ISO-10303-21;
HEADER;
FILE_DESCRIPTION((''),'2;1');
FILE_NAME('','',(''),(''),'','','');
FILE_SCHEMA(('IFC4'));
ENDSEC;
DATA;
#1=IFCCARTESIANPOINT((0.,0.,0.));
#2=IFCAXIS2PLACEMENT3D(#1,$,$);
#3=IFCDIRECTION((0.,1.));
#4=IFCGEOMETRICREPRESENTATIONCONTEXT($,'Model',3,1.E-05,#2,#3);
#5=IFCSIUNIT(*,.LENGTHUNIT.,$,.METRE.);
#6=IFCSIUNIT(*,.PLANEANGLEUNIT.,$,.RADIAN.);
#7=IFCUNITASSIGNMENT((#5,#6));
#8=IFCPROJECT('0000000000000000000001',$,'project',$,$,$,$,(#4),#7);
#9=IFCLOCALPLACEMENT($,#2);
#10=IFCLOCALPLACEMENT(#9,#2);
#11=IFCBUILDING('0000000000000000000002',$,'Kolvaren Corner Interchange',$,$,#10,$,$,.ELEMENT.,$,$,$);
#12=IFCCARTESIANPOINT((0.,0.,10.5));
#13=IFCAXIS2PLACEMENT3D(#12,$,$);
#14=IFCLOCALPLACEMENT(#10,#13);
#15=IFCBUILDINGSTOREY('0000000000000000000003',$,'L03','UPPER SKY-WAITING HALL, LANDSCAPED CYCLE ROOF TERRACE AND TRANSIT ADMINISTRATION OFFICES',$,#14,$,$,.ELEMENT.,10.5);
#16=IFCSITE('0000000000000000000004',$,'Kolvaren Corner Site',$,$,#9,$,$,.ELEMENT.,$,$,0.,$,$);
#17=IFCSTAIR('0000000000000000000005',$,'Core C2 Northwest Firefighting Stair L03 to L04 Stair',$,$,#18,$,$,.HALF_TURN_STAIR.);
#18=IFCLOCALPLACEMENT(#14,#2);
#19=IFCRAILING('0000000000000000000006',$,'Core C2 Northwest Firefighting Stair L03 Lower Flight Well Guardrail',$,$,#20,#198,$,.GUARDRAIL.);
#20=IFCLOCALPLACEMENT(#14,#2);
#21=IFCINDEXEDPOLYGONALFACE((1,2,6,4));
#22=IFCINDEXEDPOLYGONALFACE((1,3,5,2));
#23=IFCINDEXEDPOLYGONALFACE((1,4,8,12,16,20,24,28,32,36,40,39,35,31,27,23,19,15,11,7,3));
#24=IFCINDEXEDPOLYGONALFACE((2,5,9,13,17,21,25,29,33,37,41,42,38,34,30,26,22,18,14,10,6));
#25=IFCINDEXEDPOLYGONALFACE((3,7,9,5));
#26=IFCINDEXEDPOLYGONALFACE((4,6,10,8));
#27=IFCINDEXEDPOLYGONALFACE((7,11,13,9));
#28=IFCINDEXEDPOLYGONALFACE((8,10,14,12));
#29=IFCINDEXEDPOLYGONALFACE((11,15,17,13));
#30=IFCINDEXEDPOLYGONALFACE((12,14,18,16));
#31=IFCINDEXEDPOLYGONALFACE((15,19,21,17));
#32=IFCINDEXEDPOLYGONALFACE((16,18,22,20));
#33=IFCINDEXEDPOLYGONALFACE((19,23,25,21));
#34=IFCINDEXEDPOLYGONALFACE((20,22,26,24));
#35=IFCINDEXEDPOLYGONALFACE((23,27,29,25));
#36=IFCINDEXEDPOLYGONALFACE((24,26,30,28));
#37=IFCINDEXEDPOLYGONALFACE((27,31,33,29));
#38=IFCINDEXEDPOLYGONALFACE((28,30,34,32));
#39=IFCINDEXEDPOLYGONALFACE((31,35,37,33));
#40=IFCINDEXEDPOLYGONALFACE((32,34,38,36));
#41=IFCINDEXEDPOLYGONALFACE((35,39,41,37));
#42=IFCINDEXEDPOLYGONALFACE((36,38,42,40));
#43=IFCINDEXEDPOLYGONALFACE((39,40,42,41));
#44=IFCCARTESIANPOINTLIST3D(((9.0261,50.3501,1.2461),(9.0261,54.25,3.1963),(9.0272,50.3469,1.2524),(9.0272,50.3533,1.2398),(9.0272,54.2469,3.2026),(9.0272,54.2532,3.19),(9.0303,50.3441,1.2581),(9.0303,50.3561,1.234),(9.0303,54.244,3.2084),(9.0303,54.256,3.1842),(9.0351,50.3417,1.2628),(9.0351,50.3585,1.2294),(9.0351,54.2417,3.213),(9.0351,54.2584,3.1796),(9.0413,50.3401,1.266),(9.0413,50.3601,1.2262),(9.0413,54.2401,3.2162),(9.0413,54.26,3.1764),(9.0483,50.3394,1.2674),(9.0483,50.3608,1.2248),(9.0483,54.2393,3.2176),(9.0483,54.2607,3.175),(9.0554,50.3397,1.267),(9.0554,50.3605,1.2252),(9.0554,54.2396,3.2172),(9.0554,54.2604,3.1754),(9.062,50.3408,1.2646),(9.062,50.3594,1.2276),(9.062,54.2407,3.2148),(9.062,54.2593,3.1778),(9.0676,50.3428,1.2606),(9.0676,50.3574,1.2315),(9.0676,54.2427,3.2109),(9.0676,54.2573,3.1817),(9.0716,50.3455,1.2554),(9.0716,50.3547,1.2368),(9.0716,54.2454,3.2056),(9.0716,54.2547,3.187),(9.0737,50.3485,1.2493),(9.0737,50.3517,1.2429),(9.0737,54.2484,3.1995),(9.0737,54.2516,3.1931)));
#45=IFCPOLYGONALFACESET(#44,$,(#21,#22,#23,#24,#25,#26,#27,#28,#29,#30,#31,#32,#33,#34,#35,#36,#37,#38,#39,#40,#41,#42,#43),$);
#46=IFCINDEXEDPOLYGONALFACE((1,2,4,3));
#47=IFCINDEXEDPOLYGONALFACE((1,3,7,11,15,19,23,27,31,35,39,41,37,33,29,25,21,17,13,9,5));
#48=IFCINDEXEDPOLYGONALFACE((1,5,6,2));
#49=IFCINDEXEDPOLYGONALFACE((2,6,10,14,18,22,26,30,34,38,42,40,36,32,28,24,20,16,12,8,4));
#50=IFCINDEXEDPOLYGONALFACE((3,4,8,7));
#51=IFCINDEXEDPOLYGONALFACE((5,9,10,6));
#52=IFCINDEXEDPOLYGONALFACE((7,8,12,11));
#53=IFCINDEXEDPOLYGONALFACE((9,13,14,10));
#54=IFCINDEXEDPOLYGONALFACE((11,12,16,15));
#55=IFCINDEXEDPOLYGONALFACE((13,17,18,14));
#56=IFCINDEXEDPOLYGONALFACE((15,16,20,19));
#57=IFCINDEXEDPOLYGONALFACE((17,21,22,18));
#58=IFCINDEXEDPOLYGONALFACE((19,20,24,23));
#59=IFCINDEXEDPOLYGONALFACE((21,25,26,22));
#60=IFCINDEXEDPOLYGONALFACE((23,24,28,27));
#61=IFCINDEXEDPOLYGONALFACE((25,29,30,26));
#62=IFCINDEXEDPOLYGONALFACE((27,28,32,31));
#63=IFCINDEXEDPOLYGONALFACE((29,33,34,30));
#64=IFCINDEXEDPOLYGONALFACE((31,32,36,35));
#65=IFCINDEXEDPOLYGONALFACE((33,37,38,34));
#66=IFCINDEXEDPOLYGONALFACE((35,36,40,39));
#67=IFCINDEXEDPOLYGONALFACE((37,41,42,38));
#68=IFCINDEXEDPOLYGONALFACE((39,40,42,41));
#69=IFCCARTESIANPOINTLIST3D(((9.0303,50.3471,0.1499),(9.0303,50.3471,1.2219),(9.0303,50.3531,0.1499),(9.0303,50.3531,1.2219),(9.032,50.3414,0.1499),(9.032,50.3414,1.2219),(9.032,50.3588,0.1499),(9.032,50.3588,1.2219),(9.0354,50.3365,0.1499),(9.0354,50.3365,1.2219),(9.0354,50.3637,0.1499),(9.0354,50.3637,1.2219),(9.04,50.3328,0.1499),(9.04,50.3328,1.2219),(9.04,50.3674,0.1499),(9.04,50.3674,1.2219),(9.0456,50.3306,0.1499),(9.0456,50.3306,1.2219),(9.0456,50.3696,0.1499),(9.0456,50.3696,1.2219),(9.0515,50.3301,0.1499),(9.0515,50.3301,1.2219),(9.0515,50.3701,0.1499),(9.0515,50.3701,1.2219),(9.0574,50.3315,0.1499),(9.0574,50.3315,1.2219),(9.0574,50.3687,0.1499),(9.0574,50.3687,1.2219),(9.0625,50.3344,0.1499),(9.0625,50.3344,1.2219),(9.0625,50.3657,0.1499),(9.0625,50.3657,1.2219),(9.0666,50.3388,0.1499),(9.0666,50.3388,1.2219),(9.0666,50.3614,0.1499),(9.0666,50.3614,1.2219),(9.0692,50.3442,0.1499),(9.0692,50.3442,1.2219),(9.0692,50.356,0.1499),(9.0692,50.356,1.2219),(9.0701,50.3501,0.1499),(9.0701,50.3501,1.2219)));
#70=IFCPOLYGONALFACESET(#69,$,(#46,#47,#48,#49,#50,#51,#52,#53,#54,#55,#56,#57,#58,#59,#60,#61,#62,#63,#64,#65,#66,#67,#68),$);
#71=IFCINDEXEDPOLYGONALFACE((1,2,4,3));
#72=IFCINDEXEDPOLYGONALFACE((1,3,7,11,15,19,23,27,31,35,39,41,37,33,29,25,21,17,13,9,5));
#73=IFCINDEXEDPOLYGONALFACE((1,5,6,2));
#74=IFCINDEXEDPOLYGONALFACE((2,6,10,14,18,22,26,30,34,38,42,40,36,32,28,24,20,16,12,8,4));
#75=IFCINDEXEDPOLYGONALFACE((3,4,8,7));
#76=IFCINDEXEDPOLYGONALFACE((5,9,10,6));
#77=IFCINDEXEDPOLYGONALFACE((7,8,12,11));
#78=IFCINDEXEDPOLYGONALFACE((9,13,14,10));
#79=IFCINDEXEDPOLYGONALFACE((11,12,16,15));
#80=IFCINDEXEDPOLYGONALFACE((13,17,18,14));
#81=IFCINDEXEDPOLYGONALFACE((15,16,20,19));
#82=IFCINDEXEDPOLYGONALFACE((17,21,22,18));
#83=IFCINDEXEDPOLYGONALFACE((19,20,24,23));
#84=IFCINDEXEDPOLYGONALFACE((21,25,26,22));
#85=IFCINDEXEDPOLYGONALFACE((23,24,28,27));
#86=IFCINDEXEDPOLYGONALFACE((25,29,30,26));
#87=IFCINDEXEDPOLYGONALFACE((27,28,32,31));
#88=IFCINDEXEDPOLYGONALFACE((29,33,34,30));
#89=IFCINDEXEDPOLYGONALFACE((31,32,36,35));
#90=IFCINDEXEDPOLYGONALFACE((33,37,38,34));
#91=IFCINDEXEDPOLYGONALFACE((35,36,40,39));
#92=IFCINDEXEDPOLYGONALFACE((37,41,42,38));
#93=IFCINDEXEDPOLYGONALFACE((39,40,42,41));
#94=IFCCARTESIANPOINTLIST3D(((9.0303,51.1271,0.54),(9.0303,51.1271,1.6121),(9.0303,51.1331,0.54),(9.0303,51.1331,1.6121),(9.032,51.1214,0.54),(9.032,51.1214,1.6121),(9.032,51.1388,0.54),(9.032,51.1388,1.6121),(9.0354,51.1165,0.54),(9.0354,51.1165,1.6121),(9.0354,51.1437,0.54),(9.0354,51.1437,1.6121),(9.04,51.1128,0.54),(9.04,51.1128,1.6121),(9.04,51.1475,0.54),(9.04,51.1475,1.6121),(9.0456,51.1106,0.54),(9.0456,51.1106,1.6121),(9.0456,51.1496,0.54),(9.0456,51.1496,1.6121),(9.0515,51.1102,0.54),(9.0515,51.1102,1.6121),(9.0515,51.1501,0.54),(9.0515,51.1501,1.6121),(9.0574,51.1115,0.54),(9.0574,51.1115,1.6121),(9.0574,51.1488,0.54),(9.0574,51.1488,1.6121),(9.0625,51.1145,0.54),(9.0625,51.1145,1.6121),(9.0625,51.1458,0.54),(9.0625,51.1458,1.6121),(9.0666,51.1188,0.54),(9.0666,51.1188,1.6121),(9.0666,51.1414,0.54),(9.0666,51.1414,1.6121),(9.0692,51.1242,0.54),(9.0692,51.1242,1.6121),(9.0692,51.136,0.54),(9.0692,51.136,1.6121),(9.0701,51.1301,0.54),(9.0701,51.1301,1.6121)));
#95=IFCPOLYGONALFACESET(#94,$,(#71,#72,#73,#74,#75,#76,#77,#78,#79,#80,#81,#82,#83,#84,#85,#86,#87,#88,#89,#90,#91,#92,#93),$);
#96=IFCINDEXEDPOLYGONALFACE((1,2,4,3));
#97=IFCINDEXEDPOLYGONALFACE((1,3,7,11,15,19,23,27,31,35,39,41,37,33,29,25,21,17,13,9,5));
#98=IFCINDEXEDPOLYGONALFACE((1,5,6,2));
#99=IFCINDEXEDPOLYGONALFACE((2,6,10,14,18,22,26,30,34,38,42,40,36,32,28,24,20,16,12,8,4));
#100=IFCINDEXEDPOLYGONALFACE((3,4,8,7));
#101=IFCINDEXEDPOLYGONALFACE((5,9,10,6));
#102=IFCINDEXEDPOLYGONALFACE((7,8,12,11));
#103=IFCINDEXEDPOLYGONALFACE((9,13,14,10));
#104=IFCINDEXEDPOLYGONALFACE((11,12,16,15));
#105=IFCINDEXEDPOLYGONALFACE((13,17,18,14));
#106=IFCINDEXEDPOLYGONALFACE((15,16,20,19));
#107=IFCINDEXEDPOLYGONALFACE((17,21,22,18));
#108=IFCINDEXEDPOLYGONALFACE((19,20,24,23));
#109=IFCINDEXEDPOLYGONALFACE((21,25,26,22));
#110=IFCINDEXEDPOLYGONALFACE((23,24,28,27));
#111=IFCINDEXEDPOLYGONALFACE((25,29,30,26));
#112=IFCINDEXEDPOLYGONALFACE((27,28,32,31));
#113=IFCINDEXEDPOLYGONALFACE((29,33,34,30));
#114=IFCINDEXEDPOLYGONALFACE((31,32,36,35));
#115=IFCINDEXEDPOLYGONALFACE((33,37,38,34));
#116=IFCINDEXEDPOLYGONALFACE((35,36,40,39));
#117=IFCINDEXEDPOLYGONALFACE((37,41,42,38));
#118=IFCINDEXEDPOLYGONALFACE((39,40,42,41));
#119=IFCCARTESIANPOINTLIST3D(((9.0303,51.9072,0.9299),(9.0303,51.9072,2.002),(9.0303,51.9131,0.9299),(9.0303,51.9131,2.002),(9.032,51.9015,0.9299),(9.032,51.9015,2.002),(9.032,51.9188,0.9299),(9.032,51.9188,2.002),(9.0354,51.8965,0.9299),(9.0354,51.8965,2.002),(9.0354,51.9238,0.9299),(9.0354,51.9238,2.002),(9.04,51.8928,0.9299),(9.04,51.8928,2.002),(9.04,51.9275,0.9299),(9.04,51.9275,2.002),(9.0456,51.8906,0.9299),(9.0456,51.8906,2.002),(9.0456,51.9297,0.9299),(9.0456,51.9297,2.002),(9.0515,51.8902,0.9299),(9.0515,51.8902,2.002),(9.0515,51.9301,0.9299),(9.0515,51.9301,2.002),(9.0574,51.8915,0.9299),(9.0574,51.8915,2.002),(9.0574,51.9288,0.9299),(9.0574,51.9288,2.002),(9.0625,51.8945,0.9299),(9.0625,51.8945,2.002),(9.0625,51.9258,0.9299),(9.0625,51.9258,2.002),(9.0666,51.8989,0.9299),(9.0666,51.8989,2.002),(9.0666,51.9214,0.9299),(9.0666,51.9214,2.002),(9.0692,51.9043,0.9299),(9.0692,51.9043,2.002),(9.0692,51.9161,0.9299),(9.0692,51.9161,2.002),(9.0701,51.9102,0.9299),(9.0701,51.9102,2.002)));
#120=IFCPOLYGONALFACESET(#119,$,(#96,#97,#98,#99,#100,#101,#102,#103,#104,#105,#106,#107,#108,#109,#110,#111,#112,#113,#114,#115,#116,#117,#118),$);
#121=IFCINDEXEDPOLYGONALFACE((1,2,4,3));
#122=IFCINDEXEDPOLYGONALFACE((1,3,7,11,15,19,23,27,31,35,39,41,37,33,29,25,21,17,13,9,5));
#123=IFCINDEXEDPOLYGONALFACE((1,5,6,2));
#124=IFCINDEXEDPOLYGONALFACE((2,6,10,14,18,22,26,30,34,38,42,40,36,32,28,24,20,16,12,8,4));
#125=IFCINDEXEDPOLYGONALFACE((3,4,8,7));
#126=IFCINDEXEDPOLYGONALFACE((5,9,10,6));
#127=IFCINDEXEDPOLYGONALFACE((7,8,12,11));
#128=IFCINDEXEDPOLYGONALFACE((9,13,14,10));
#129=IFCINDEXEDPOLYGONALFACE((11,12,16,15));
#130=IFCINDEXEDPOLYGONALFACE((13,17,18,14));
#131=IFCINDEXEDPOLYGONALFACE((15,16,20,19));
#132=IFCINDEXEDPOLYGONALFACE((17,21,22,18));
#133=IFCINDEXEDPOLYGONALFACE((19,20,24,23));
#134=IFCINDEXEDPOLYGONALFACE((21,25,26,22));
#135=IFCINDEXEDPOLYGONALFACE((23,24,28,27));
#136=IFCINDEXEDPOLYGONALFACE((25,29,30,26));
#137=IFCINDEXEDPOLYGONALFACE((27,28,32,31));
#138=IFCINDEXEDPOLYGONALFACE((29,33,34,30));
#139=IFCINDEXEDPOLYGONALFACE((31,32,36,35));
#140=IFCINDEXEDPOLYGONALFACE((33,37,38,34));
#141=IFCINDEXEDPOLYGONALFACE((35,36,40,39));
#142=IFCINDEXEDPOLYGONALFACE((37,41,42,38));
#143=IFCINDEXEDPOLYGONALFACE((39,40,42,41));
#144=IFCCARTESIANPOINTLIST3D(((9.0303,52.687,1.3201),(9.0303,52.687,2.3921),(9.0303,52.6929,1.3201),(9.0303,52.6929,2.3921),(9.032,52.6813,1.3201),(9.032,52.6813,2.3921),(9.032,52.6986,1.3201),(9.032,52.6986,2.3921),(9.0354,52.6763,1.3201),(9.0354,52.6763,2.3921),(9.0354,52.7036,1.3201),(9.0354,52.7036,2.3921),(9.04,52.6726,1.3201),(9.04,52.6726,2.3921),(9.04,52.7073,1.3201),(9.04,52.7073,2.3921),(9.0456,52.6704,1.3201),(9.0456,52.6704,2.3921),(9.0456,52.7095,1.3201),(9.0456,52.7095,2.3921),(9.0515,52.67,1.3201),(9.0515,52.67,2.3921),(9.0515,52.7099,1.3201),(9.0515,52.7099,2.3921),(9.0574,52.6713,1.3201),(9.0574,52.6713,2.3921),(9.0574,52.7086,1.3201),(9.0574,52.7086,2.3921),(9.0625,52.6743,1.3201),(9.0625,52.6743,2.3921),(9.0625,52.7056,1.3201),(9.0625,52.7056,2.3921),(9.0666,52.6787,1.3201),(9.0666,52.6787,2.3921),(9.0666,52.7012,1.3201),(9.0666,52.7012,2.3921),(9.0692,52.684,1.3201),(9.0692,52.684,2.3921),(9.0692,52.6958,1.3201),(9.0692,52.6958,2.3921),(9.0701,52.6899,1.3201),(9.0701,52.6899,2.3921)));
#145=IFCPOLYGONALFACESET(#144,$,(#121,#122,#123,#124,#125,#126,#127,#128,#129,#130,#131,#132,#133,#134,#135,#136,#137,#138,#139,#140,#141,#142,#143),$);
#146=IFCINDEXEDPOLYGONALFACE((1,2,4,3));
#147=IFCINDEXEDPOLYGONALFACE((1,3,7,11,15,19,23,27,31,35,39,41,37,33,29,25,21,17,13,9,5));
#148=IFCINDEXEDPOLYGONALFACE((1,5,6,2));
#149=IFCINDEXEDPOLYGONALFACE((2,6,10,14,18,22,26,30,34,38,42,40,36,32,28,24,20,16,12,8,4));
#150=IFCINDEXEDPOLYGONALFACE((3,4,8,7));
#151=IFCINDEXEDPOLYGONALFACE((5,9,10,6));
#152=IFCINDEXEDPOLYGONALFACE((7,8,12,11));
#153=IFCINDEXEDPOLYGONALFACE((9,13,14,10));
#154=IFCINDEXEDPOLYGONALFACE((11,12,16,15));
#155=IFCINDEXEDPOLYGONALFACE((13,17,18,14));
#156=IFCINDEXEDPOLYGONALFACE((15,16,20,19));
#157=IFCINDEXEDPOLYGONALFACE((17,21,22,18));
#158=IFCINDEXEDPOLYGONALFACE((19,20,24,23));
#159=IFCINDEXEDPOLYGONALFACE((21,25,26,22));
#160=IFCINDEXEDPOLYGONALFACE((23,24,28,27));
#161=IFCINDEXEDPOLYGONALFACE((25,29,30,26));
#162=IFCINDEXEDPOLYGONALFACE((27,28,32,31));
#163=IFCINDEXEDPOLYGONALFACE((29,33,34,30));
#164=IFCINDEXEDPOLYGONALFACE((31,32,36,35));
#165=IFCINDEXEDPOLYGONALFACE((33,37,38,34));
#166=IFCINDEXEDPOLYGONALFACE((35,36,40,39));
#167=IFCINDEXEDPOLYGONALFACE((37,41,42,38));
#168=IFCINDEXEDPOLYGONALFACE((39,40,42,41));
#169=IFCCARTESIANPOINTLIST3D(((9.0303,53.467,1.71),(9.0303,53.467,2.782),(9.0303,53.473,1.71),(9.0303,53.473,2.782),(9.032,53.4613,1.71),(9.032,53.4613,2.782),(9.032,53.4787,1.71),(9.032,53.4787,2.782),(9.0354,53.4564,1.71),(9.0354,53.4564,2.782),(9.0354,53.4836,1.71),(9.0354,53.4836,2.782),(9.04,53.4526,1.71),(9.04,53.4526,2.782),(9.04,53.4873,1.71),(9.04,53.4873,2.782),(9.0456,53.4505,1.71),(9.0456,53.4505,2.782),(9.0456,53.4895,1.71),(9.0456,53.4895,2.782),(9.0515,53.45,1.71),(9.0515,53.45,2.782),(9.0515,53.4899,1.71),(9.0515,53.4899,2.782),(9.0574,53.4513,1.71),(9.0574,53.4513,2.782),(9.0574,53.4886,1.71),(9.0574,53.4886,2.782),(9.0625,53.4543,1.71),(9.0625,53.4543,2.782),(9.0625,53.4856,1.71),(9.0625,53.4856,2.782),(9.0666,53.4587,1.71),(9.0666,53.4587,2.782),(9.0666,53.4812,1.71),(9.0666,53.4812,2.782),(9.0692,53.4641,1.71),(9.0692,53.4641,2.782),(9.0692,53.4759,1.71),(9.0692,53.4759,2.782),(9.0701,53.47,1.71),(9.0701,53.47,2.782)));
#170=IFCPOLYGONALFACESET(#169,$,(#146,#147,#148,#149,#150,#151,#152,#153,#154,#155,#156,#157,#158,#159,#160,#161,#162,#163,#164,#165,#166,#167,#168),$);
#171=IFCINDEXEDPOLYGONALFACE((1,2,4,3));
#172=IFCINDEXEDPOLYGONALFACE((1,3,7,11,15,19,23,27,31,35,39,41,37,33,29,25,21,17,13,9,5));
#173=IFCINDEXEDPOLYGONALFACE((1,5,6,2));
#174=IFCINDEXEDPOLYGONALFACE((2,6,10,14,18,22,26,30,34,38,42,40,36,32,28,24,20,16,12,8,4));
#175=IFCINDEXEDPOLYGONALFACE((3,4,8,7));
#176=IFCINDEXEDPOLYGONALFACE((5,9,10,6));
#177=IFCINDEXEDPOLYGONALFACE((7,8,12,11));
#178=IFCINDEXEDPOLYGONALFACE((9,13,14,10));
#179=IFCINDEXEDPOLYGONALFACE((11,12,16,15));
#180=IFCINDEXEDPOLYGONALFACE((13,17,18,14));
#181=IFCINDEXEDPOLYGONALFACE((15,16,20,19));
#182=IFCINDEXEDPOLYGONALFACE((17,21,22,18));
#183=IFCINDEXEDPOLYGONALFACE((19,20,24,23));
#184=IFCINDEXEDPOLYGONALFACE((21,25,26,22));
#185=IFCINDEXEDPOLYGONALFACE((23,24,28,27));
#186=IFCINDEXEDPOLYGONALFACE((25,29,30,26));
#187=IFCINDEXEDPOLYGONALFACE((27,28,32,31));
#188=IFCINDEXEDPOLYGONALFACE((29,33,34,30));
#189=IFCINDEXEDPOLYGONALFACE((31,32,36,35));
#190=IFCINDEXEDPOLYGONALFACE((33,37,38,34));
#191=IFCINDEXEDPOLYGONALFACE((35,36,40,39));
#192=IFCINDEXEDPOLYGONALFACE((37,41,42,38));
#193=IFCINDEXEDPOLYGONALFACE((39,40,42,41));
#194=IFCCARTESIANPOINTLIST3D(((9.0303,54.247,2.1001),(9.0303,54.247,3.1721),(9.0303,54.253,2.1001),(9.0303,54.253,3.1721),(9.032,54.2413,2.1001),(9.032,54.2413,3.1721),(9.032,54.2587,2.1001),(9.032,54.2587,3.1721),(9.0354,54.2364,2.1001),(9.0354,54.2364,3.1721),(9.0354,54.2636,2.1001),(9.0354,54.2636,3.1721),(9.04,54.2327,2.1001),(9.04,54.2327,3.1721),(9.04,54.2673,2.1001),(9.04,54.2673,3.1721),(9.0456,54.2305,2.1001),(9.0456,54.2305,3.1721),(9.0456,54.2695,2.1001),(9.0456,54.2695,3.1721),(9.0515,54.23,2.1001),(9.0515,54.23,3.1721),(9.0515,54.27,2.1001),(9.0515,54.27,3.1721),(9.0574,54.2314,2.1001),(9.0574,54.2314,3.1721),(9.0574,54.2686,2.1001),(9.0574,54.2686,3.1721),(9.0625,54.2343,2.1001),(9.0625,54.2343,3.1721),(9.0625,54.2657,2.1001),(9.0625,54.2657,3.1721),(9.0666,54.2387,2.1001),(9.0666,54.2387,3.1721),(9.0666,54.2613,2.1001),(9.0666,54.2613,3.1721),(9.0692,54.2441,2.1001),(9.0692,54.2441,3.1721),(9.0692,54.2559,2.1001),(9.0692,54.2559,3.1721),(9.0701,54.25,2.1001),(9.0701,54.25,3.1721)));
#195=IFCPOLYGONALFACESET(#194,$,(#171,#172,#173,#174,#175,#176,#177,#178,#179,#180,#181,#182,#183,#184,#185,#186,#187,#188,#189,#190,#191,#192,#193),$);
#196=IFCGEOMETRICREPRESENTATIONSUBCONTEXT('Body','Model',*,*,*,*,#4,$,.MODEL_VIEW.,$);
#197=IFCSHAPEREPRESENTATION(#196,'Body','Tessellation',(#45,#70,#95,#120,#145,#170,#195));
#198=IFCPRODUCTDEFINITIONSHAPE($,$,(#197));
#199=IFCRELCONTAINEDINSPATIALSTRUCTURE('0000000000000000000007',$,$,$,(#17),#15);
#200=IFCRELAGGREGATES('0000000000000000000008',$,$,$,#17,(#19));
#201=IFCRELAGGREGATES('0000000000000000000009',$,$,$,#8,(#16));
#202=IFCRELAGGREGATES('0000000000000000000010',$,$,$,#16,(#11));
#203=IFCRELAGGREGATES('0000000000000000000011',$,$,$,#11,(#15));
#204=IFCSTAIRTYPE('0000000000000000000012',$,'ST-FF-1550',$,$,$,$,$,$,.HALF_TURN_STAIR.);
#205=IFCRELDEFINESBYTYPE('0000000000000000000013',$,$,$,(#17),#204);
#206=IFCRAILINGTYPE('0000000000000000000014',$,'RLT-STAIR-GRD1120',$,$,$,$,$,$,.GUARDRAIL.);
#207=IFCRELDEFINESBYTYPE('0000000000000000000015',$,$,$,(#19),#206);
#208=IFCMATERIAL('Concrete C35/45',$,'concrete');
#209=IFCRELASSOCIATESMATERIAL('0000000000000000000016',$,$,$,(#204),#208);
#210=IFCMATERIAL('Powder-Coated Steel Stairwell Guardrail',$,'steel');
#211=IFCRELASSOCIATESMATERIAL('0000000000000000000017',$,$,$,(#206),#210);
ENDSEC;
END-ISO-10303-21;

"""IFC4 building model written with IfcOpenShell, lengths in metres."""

from ifc_helpers import new_model, si_unit, direction, frame, origin, origin_2d, place, context, subcontext, project, spatial, circle, extrude, material, type_object, element, aggregate, save


model = new_model("IFC4")

# Units and contexts
model_context = context("Model", 3, precision=1e-05, world=origin(), true_north=direction((0.0, 1.0)))
body_context = subcontext(model_context, "Body", "Model", "MODEL_VIEW")
ifc_project = project(units=[si_unit("LENGTHUNIT", "METRE"), si_unit("PLANEANGLEUNIT", "RADIAN")], contexts=[model_context])

# Site, building, storey
site_placement = place(None, origin())
site = spatial("IfcSite", under=ifc_project, at=site_placement, Name="Kolvaren Corner Site", CompositionType="ELEMENT", RefElevation=0.0)
building_placement = place(site_placement, origin())
building = spatial("IfcBuilding", under=site, at=building_placement, Name="Kolvaren Corner Interchange", CompositionType="ELEMENT")
storey_placement = place(building_placement, frame((0.0, 0.0, 10.5)))
storey = spatial("IfcBuildingStorey", under=building, at=storey_placement, Name="L03", Description="UPPER SKY-WAITING HALL, LANDSCAPED CYCLE ROOF TERRACE AND TRANSIT ADMINISTRATION OFFICES", CompositionType="ELEMENT", Elevation=10.5)

# Stair
ifc_material_1 = material(Name="Concrete C35/45", Category="concrete")
stair_type = type_object("IfcStairType", Name="ST-FF-1550", PredefinedType="HALF_TURN_STAIR", material=ifc_material_1)
stair_placement = place(storey_placement, origin())
stair = element("IfcStair", 1, at=stair_placement, inside=storey, type_object=stair_type, Name="Core C2 Northwest Firefighting Stair L03 to L04 Stair", PredefinedType="HALF_TURN_STAIR")

# Railing
ifc_material_2 = material(Name="Powder-Coated Steel Stairwell Guardrail", Category="steel")
railing_type_1 = type_object("IfcRailingType", Name="RLT-STAIR-GRD1120", PredefinedType="GUARDRAIL", material=ifc_material_2)
railing_1_placement = place(storey_placement, frame((9.05, 50.3501, 0.1499)))
railing_1 = element("IfcRailing", 2, at=railing_1_placement, type_object=railing_type_1, Name="Core C2 Northwest Firefighting Stair L03 Lower Flight Well Guardrail", PredefinedType="GUARDRAIL", context=body_context, shape_type="SweptSolid", body=[
    extrude(circle(Radius=0.0239, at=origin_2d()), frame((0.0, 0.0, 1.0962), z_axis=(0.0, 0.894405, 0.447258), x_axis=(-1.0, 0.0, 0.0)), (0.0, 0.0, 1.0), 4.3604),
    extrude(circle(Radius=0.02, at=origin_2d()), origin(), (0.0, 0.0, 1.0), 1.072),
    extrude(circle(Radius=0.02, at=origin_2d()), frame((0.0, 0.78, 0.3901)), (0.0, 0.0, 1.0), 1.072),
    extrude(circle(Radius=0.02, at=origin_2d()), frame((0.0, 1.5601, 0.78)), (0.0, 0.0, 1.0), 1.072),
    extrude(circle(Radius=0.02, at=origin_2d()), frame((0.0, 2.3398, 1.1702)), (0.0, 0.0, 1.0), 1.072),
    extrude(circle(Radius=0.02, at=origin_2d()), frame((0.0, 3.1199, 1.5601)), (0.0, 0.0, 1.0), 1.072),
    extrude(circle(Radius=0.02, at=origin_2d()), frame((0.0, 3.8999, 1.9502)), (0.0, 0.0, 1.0), 1.072),
])
aggregate(stair, [railing_1])

save(model, "model.ifc")
